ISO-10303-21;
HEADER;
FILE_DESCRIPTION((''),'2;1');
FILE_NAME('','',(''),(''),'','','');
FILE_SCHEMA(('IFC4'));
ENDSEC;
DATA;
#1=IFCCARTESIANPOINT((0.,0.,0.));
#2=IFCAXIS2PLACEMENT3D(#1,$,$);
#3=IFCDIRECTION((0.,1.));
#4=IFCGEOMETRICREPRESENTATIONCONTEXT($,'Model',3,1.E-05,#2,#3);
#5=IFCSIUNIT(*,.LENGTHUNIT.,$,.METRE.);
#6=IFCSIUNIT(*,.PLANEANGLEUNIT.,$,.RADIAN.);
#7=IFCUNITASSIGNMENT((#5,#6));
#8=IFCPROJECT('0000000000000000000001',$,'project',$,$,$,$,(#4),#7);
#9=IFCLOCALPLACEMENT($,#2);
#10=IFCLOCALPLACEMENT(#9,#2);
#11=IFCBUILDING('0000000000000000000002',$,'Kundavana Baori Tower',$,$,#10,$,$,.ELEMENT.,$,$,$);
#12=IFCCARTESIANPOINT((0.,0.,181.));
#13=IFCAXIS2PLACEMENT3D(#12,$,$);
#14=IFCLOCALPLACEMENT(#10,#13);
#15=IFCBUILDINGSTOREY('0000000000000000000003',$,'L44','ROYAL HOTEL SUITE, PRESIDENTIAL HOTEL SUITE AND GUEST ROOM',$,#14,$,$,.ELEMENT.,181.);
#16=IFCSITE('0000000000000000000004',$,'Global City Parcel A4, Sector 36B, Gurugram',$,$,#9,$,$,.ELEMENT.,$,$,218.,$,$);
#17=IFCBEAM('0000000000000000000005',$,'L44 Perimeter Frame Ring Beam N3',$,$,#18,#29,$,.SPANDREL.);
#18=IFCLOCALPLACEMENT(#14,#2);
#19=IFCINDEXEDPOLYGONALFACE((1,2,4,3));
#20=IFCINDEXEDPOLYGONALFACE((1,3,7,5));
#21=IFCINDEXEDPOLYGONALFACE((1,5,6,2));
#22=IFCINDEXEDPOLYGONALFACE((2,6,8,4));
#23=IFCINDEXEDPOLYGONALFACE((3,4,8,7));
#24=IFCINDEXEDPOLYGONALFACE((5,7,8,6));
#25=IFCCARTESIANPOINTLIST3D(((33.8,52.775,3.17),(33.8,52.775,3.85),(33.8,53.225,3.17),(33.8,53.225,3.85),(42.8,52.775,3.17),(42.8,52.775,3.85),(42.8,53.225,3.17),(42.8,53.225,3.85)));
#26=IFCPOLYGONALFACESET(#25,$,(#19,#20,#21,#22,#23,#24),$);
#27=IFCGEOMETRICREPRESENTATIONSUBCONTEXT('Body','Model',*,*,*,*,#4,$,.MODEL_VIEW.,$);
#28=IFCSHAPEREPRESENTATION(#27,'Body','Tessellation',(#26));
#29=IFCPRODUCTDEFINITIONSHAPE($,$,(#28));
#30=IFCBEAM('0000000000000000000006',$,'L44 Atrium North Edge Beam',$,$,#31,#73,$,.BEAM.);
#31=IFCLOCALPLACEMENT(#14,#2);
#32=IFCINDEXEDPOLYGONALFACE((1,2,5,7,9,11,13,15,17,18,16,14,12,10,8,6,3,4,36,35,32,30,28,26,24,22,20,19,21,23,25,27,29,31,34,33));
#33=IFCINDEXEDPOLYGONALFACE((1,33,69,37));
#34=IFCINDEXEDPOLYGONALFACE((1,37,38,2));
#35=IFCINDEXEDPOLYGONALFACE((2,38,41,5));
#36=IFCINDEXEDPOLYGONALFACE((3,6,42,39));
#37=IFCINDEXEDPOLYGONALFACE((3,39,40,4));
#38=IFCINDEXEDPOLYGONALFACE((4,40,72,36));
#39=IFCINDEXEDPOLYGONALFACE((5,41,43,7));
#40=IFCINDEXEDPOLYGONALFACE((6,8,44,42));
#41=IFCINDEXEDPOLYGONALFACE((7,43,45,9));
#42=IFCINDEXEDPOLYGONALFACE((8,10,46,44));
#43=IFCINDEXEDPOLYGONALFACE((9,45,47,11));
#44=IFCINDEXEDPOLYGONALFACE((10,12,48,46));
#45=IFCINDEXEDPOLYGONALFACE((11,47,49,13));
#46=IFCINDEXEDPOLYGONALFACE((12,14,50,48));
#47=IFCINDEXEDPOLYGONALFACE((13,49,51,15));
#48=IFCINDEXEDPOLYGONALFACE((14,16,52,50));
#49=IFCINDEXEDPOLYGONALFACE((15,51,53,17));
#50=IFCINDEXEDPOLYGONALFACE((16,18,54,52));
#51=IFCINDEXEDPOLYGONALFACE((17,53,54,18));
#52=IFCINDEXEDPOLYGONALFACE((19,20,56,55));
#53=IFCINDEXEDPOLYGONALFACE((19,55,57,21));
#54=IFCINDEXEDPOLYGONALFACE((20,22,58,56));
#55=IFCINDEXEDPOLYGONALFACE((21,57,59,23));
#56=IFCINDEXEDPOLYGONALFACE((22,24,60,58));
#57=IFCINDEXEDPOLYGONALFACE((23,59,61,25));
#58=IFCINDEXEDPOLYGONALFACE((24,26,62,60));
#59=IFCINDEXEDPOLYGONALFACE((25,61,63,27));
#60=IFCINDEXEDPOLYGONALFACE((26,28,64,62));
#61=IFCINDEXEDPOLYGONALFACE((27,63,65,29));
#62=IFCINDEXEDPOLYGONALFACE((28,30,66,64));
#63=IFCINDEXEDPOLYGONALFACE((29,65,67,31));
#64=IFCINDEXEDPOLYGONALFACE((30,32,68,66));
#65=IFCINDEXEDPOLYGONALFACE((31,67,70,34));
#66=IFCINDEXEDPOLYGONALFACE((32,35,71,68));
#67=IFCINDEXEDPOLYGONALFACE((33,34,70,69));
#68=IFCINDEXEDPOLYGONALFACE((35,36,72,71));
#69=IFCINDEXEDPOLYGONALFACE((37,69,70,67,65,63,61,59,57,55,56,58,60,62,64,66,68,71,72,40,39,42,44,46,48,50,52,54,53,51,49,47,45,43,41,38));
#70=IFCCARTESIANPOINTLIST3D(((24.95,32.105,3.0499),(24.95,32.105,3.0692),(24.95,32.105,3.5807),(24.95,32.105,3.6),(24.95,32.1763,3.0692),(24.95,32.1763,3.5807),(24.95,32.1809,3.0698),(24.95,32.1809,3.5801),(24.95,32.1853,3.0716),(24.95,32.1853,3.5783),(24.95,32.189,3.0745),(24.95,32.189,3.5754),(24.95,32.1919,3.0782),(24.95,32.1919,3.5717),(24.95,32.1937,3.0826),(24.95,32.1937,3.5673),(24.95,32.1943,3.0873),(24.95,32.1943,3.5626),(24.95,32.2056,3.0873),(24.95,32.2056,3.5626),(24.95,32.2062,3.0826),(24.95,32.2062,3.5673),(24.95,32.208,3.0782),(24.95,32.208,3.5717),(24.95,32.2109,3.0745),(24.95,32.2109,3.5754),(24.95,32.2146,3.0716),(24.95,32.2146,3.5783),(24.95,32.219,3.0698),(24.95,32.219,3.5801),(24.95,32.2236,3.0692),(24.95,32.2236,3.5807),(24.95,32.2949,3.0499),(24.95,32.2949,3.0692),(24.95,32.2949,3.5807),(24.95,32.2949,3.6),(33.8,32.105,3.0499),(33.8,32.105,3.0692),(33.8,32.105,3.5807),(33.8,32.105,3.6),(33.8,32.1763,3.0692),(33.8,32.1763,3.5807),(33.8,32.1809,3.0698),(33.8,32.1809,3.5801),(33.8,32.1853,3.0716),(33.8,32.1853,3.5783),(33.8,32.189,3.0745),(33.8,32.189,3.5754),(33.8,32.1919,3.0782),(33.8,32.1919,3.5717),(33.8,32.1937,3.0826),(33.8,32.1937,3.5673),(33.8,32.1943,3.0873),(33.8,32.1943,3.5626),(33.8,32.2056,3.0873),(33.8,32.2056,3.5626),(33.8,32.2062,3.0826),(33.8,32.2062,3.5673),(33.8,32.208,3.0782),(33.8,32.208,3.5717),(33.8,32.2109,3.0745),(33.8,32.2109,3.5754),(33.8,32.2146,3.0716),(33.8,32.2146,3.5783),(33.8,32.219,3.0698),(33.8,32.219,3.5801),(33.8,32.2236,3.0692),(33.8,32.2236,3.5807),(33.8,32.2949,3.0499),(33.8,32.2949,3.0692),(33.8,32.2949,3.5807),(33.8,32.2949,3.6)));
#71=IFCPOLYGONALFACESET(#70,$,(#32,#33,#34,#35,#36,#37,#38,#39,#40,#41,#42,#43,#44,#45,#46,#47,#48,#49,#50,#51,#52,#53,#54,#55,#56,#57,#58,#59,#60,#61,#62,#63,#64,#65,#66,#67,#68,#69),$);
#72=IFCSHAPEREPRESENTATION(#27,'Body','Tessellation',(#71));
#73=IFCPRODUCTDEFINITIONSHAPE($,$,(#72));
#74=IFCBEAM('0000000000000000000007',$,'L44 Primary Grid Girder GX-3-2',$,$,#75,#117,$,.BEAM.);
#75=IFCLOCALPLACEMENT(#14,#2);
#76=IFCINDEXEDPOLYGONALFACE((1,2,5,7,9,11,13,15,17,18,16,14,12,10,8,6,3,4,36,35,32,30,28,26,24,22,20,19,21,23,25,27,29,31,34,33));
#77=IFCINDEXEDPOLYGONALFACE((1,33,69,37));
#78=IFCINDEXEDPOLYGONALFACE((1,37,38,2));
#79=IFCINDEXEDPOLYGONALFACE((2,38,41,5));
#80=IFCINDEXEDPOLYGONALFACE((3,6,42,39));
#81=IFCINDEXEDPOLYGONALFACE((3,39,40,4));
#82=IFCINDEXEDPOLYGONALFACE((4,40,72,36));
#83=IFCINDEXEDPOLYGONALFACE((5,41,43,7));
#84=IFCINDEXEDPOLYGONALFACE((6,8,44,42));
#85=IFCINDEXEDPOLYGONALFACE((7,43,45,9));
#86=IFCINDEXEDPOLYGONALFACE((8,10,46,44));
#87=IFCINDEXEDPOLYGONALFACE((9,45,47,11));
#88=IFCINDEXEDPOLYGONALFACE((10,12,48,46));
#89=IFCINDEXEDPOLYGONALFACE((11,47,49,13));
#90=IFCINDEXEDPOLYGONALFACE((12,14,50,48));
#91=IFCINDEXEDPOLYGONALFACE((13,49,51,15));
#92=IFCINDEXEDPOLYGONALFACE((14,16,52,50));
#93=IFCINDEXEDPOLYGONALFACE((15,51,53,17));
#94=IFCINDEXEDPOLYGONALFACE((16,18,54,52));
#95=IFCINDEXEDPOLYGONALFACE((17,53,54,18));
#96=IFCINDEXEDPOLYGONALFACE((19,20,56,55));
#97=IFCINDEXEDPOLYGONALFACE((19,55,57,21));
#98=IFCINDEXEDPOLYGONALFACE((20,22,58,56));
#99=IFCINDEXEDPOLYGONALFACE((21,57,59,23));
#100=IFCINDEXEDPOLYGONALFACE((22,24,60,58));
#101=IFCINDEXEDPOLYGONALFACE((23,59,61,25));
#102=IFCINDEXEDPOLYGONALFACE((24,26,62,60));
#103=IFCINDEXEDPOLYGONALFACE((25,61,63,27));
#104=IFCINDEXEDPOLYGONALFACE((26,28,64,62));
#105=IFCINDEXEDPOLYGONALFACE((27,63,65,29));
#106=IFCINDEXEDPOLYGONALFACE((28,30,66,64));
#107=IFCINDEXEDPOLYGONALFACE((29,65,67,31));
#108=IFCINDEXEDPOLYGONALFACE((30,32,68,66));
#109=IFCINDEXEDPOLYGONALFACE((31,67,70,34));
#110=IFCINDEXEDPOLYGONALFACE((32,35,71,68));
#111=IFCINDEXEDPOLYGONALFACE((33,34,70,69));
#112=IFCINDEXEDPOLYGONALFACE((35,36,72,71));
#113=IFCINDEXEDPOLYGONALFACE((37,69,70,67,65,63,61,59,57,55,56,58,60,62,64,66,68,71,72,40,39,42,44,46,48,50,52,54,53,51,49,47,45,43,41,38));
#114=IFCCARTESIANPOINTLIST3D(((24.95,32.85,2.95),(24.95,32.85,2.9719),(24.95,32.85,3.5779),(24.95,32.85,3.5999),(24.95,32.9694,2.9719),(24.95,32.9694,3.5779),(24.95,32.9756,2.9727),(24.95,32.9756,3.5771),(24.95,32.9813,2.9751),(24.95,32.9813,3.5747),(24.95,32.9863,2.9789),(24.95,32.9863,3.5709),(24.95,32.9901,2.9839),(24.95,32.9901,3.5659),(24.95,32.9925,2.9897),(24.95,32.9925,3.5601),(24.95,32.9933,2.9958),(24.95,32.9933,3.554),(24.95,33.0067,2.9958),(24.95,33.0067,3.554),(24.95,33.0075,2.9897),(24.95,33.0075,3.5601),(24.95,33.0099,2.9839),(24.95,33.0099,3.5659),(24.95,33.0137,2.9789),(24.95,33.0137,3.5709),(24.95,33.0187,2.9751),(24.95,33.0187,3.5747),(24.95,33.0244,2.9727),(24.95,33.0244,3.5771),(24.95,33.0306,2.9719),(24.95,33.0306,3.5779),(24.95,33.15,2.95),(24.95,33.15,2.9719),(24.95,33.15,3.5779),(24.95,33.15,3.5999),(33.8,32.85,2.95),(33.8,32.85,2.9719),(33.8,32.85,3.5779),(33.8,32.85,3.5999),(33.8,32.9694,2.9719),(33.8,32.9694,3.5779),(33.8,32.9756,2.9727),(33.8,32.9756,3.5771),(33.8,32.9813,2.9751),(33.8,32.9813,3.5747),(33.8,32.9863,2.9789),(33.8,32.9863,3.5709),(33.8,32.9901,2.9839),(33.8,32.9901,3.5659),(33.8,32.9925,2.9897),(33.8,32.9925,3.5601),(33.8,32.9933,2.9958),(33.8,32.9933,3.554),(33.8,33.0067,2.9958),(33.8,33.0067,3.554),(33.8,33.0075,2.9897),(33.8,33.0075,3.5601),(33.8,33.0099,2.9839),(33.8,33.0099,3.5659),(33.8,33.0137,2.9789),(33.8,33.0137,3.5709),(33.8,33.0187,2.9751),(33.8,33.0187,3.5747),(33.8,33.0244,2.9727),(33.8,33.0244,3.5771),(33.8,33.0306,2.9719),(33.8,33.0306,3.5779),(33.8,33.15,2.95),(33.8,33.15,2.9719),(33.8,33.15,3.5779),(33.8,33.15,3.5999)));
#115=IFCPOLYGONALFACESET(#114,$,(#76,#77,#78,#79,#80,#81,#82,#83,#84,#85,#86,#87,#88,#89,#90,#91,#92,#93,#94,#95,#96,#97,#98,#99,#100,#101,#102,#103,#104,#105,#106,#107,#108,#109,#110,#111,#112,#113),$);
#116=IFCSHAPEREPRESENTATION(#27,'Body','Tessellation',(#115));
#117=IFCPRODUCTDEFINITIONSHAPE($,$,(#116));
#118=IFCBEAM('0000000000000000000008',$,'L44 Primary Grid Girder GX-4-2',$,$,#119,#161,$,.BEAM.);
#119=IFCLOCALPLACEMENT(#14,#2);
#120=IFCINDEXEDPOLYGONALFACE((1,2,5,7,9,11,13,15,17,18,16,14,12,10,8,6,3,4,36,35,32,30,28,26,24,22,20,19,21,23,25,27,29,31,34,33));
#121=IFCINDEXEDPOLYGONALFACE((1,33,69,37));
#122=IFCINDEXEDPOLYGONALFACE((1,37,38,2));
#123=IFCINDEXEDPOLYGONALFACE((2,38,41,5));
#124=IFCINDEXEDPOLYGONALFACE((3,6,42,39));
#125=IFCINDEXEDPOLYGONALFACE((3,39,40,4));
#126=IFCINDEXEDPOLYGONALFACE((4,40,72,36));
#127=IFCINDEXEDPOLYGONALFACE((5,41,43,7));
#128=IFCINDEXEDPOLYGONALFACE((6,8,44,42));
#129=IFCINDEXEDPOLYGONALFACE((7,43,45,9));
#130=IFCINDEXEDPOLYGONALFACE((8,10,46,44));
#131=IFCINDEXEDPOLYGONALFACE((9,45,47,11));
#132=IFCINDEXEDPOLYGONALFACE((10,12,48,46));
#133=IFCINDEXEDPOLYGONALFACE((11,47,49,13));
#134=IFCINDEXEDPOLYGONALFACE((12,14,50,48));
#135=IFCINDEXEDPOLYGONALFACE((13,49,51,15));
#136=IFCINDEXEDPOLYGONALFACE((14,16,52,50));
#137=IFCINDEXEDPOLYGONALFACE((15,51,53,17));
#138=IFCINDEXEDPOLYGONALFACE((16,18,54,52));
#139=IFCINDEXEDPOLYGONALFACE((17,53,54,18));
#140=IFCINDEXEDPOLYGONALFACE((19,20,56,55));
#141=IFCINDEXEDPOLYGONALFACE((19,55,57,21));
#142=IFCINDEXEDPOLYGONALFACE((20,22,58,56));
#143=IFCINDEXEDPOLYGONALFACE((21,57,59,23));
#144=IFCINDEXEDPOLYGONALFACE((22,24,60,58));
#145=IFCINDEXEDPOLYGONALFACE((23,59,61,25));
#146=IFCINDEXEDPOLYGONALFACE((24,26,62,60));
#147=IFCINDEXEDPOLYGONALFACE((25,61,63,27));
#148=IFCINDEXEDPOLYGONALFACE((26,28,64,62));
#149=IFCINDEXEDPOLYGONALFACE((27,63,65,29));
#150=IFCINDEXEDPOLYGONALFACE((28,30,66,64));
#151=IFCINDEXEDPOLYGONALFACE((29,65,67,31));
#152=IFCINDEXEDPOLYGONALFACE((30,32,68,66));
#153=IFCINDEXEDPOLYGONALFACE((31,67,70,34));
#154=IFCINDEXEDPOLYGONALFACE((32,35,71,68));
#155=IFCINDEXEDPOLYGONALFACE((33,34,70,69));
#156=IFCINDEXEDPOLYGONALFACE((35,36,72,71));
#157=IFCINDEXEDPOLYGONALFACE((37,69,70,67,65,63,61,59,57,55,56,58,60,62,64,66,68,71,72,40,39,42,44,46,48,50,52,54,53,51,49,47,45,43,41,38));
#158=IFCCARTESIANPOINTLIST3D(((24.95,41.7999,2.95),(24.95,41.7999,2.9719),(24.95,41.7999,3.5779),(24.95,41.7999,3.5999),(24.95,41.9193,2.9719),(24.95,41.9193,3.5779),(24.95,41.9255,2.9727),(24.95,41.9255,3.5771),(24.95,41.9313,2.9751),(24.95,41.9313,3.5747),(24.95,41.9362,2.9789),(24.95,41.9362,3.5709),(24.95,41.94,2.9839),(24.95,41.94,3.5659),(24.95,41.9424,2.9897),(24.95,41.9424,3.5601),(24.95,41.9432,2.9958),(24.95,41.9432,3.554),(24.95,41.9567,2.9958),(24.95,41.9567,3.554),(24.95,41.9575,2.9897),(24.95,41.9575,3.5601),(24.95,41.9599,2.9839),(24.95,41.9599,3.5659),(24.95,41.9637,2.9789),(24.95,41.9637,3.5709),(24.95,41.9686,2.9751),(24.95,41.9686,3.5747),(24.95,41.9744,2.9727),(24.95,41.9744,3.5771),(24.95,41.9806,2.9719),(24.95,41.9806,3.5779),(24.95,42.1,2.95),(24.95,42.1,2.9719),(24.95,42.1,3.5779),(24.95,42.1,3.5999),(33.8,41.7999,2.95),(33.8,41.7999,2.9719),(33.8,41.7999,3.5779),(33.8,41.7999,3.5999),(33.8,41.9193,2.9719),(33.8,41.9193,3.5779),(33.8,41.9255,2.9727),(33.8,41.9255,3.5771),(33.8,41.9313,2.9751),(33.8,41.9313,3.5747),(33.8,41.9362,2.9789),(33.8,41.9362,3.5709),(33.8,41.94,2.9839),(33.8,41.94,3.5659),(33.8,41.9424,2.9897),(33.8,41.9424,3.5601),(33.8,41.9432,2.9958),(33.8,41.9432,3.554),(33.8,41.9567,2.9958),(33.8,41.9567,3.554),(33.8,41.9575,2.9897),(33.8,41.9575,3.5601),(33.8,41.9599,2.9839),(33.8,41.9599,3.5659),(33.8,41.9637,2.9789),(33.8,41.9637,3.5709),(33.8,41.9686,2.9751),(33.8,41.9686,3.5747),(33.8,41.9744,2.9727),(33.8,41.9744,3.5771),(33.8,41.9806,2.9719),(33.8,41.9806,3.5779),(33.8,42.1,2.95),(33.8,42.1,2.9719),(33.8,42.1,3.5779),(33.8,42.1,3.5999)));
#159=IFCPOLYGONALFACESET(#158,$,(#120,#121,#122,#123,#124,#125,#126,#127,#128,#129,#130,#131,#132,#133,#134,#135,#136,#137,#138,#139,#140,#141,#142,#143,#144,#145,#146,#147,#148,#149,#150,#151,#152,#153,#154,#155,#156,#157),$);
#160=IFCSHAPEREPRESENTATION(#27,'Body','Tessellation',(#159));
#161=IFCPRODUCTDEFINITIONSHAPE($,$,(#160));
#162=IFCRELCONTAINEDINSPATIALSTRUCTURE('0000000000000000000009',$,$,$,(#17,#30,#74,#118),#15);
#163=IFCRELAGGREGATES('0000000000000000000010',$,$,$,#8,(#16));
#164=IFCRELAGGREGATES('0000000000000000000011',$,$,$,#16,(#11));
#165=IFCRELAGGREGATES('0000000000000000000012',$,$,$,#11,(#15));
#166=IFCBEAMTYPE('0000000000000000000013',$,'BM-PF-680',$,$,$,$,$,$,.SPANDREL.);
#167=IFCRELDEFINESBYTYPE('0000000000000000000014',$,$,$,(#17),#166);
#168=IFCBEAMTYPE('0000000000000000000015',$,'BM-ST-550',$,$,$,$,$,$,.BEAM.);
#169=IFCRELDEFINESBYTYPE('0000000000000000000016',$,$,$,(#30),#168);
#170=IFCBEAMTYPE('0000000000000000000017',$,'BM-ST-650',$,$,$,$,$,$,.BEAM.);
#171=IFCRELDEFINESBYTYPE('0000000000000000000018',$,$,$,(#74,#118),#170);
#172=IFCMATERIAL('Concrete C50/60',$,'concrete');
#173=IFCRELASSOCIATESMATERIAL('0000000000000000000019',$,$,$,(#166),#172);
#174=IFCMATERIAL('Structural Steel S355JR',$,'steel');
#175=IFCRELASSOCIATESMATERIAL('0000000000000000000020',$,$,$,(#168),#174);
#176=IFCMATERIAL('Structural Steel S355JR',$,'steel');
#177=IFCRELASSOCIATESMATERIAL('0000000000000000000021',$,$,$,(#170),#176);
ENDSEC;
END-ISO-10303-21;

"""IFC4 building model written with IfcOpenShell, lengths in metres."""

from ifc_helpers import new_model, si_unit, direction, frame, origin, origin_2d, place, context, subcontext, project, spatial, rectangle, i_section, extrude, material, material_profile, profile_set, type_object, element, save


model = new_model("IFC4")

# Units and contexts
model_context = context("Model", 3, precision=1e-05, world=origin(), true_north=direction((0.0, 1.0)))
body_context = subcontext(model_context, "Body", "Model", "MODEL_VIEW")
ifc_project = project(units=[si_unit("LENGTHUNIT", "METRE"), si_unit("PLANEANGLEUNIT", "RADIAN")], contexts=[model_context])

# Site, building, storey
site_placement = place(None, origin())
site = spatial("IfcSite", under=ifc_project, at=site_placement, Name="Global City Parcel A4, Sector 36B, Gurugram", CompositionType="ELEMENT", RefElevation=218.0)
building_placement = place(site_placement, origin())
building = spatial("IfcBuilding", under=site, at=building_placement, Name="Kundavana Baori Tower", CompositionType="ELEMENT")
storey_placement = place(building_placement, frame((0.0, 0.0, 181.0)))
storey = spatial("IfcBuildingStorey", under=building, at=storey_placement, Name="L44", Description="ROYAL HOTEL SUITE, PRESIDENTIAL HOTEL SUITE AND GUEST ROOM", CompositionType="ELEMENT", Elevation=181.0)

# Beams
ifc_material_1 = material(Name="Concrete C50/60", Category="concrete")
ifc_material_profile_1 = material_profile(ifc_material_1, rectangle(XDim=0.45, YDim=0.6799, at=origin_2d()), Name="RC BM 450x680")
ifc_profile_set_1 = profile_set([ifc_material_profile_1], Name="Concrete C50/60")
beam_type_1 = type_object("IfcBeamType", Name="BM-PF-680", PredefinedType="SPANDREL", material=ifc_profile_set_1)
beam_1_placement = place(storey_placement, frame((33.8, 53.0, 3.51), z_axis=(1.0, 0.0, 0.0), x_axis=(0.0, 1.0, 0.0)))
element("IfcBeam", 1, at=beam_1_placement, inside=storey, type_object=beam_type_1, Name="L44 Perimeter Frame Ring Beam N3", PredefinedType="SPANDREL", context=body_context, shape_type="SweptSolid", body=[
    extrude(rectangle(XDim=0.45, YDim=0.6799, at=origin_2d()), origin(), (0.0, 0.0, 1.0), 9.0),
])
ifc_material_2 = material(Name="Structural Steel S355JR", Category="steel")
ifc_material_profile_2 = material_profile(ifc_material_2, i_section(OverallWidth=0.1899, OverallDepth=0.55, WebThickness=0.0112, FlangeThickness=0.0193, FilletRadius=0.0181, at=origin_2d()), Name="ISMB 550")
ifc_profile_set_2 = profile_set([ifc_material_profile_2], Name="Structural Steel S355JR")
beam_type_2 = type_object("IfcBeamType", Name="BM-ST-550", PredefinedType="BEAM", material=ifc_profile_set_2)
beam_2_placement = place(storey_placement, frame((24.95, 32.2, 3.325), z_axis=(1.0, 0.0, 0.0), x_axis=(0.0, 1.0, 0.0)))
element("IfcBeam", 2, at=beam_2_placement, inside=storey, type_object=beam_type_2, Name="L44 Atrium North Edge Beam", PredefinedType="BEAM", context=body_context, shape_type="SweptSolid", body=[
    extrude(i_section(OverallWidth=0.1899, OverallDepth=0.55, WebThickness=0.0112, FlangeThickness=0.0193, FilletRadius=0.0181, at=origin_2d()), origin(), (0.0, 0.0, 1.0), 8.8501),
])
ifc_material_3 = material(Name="Structural Steel S355JR", Category="steel")
ifc_material_profile_3 = material_profile(ifc_material_3, i_section(OverallWidth=0.3, OverallDepth=0.6499, WebThickness=0.0134, FlangeThickness=0.022, FilletRadius=0.0239, at=origin_2d()), Name="NPB 650x300x155")
ifc_profile_set_3 = profile_set([ifc_material_profile_3], Name="Structural Steel S355JR")
beam_type_3 = type_object("IfcBeamType", Name="BM-ST-650", PredefinedType="BEAM", material=ifc_profile_set_3)
for number, where, z_axis, x_axis, name in (
    (3, (24.95, 33.0, 3.2749), (1.0, 0.0, 0.0), (0.0, 1.0, 0.0), "L44 Primary Grid Girder GX-3-2"),
    (4, (24.95, 41.95, 3.2749), (1.0, 0.0, 0.0), (0.0, 1.0, 0.0), "L44 Primary Grid Girder GX-4-2"),
):
    element("IfcBeam", number, at=place(storey_placement, frame(where, z_axis=z_axis, x_axis=x_axis)), inside=storey, type_object=beam_type_3, Name=name, PredefinedType="BEAM", context=body_context, shape_type="SweptSolid", body=[
        extrude(i_section(OverallWidth=0.3, OverallDepth=0.6499, WebThickness=0.0134, FlangeThickness=0.022, FilletRadius=0.0239, at=origin_2d()), origin(), (0.0, 0.0, 1.0), 8.8501),
    ])

save(model, "model.ifc")
